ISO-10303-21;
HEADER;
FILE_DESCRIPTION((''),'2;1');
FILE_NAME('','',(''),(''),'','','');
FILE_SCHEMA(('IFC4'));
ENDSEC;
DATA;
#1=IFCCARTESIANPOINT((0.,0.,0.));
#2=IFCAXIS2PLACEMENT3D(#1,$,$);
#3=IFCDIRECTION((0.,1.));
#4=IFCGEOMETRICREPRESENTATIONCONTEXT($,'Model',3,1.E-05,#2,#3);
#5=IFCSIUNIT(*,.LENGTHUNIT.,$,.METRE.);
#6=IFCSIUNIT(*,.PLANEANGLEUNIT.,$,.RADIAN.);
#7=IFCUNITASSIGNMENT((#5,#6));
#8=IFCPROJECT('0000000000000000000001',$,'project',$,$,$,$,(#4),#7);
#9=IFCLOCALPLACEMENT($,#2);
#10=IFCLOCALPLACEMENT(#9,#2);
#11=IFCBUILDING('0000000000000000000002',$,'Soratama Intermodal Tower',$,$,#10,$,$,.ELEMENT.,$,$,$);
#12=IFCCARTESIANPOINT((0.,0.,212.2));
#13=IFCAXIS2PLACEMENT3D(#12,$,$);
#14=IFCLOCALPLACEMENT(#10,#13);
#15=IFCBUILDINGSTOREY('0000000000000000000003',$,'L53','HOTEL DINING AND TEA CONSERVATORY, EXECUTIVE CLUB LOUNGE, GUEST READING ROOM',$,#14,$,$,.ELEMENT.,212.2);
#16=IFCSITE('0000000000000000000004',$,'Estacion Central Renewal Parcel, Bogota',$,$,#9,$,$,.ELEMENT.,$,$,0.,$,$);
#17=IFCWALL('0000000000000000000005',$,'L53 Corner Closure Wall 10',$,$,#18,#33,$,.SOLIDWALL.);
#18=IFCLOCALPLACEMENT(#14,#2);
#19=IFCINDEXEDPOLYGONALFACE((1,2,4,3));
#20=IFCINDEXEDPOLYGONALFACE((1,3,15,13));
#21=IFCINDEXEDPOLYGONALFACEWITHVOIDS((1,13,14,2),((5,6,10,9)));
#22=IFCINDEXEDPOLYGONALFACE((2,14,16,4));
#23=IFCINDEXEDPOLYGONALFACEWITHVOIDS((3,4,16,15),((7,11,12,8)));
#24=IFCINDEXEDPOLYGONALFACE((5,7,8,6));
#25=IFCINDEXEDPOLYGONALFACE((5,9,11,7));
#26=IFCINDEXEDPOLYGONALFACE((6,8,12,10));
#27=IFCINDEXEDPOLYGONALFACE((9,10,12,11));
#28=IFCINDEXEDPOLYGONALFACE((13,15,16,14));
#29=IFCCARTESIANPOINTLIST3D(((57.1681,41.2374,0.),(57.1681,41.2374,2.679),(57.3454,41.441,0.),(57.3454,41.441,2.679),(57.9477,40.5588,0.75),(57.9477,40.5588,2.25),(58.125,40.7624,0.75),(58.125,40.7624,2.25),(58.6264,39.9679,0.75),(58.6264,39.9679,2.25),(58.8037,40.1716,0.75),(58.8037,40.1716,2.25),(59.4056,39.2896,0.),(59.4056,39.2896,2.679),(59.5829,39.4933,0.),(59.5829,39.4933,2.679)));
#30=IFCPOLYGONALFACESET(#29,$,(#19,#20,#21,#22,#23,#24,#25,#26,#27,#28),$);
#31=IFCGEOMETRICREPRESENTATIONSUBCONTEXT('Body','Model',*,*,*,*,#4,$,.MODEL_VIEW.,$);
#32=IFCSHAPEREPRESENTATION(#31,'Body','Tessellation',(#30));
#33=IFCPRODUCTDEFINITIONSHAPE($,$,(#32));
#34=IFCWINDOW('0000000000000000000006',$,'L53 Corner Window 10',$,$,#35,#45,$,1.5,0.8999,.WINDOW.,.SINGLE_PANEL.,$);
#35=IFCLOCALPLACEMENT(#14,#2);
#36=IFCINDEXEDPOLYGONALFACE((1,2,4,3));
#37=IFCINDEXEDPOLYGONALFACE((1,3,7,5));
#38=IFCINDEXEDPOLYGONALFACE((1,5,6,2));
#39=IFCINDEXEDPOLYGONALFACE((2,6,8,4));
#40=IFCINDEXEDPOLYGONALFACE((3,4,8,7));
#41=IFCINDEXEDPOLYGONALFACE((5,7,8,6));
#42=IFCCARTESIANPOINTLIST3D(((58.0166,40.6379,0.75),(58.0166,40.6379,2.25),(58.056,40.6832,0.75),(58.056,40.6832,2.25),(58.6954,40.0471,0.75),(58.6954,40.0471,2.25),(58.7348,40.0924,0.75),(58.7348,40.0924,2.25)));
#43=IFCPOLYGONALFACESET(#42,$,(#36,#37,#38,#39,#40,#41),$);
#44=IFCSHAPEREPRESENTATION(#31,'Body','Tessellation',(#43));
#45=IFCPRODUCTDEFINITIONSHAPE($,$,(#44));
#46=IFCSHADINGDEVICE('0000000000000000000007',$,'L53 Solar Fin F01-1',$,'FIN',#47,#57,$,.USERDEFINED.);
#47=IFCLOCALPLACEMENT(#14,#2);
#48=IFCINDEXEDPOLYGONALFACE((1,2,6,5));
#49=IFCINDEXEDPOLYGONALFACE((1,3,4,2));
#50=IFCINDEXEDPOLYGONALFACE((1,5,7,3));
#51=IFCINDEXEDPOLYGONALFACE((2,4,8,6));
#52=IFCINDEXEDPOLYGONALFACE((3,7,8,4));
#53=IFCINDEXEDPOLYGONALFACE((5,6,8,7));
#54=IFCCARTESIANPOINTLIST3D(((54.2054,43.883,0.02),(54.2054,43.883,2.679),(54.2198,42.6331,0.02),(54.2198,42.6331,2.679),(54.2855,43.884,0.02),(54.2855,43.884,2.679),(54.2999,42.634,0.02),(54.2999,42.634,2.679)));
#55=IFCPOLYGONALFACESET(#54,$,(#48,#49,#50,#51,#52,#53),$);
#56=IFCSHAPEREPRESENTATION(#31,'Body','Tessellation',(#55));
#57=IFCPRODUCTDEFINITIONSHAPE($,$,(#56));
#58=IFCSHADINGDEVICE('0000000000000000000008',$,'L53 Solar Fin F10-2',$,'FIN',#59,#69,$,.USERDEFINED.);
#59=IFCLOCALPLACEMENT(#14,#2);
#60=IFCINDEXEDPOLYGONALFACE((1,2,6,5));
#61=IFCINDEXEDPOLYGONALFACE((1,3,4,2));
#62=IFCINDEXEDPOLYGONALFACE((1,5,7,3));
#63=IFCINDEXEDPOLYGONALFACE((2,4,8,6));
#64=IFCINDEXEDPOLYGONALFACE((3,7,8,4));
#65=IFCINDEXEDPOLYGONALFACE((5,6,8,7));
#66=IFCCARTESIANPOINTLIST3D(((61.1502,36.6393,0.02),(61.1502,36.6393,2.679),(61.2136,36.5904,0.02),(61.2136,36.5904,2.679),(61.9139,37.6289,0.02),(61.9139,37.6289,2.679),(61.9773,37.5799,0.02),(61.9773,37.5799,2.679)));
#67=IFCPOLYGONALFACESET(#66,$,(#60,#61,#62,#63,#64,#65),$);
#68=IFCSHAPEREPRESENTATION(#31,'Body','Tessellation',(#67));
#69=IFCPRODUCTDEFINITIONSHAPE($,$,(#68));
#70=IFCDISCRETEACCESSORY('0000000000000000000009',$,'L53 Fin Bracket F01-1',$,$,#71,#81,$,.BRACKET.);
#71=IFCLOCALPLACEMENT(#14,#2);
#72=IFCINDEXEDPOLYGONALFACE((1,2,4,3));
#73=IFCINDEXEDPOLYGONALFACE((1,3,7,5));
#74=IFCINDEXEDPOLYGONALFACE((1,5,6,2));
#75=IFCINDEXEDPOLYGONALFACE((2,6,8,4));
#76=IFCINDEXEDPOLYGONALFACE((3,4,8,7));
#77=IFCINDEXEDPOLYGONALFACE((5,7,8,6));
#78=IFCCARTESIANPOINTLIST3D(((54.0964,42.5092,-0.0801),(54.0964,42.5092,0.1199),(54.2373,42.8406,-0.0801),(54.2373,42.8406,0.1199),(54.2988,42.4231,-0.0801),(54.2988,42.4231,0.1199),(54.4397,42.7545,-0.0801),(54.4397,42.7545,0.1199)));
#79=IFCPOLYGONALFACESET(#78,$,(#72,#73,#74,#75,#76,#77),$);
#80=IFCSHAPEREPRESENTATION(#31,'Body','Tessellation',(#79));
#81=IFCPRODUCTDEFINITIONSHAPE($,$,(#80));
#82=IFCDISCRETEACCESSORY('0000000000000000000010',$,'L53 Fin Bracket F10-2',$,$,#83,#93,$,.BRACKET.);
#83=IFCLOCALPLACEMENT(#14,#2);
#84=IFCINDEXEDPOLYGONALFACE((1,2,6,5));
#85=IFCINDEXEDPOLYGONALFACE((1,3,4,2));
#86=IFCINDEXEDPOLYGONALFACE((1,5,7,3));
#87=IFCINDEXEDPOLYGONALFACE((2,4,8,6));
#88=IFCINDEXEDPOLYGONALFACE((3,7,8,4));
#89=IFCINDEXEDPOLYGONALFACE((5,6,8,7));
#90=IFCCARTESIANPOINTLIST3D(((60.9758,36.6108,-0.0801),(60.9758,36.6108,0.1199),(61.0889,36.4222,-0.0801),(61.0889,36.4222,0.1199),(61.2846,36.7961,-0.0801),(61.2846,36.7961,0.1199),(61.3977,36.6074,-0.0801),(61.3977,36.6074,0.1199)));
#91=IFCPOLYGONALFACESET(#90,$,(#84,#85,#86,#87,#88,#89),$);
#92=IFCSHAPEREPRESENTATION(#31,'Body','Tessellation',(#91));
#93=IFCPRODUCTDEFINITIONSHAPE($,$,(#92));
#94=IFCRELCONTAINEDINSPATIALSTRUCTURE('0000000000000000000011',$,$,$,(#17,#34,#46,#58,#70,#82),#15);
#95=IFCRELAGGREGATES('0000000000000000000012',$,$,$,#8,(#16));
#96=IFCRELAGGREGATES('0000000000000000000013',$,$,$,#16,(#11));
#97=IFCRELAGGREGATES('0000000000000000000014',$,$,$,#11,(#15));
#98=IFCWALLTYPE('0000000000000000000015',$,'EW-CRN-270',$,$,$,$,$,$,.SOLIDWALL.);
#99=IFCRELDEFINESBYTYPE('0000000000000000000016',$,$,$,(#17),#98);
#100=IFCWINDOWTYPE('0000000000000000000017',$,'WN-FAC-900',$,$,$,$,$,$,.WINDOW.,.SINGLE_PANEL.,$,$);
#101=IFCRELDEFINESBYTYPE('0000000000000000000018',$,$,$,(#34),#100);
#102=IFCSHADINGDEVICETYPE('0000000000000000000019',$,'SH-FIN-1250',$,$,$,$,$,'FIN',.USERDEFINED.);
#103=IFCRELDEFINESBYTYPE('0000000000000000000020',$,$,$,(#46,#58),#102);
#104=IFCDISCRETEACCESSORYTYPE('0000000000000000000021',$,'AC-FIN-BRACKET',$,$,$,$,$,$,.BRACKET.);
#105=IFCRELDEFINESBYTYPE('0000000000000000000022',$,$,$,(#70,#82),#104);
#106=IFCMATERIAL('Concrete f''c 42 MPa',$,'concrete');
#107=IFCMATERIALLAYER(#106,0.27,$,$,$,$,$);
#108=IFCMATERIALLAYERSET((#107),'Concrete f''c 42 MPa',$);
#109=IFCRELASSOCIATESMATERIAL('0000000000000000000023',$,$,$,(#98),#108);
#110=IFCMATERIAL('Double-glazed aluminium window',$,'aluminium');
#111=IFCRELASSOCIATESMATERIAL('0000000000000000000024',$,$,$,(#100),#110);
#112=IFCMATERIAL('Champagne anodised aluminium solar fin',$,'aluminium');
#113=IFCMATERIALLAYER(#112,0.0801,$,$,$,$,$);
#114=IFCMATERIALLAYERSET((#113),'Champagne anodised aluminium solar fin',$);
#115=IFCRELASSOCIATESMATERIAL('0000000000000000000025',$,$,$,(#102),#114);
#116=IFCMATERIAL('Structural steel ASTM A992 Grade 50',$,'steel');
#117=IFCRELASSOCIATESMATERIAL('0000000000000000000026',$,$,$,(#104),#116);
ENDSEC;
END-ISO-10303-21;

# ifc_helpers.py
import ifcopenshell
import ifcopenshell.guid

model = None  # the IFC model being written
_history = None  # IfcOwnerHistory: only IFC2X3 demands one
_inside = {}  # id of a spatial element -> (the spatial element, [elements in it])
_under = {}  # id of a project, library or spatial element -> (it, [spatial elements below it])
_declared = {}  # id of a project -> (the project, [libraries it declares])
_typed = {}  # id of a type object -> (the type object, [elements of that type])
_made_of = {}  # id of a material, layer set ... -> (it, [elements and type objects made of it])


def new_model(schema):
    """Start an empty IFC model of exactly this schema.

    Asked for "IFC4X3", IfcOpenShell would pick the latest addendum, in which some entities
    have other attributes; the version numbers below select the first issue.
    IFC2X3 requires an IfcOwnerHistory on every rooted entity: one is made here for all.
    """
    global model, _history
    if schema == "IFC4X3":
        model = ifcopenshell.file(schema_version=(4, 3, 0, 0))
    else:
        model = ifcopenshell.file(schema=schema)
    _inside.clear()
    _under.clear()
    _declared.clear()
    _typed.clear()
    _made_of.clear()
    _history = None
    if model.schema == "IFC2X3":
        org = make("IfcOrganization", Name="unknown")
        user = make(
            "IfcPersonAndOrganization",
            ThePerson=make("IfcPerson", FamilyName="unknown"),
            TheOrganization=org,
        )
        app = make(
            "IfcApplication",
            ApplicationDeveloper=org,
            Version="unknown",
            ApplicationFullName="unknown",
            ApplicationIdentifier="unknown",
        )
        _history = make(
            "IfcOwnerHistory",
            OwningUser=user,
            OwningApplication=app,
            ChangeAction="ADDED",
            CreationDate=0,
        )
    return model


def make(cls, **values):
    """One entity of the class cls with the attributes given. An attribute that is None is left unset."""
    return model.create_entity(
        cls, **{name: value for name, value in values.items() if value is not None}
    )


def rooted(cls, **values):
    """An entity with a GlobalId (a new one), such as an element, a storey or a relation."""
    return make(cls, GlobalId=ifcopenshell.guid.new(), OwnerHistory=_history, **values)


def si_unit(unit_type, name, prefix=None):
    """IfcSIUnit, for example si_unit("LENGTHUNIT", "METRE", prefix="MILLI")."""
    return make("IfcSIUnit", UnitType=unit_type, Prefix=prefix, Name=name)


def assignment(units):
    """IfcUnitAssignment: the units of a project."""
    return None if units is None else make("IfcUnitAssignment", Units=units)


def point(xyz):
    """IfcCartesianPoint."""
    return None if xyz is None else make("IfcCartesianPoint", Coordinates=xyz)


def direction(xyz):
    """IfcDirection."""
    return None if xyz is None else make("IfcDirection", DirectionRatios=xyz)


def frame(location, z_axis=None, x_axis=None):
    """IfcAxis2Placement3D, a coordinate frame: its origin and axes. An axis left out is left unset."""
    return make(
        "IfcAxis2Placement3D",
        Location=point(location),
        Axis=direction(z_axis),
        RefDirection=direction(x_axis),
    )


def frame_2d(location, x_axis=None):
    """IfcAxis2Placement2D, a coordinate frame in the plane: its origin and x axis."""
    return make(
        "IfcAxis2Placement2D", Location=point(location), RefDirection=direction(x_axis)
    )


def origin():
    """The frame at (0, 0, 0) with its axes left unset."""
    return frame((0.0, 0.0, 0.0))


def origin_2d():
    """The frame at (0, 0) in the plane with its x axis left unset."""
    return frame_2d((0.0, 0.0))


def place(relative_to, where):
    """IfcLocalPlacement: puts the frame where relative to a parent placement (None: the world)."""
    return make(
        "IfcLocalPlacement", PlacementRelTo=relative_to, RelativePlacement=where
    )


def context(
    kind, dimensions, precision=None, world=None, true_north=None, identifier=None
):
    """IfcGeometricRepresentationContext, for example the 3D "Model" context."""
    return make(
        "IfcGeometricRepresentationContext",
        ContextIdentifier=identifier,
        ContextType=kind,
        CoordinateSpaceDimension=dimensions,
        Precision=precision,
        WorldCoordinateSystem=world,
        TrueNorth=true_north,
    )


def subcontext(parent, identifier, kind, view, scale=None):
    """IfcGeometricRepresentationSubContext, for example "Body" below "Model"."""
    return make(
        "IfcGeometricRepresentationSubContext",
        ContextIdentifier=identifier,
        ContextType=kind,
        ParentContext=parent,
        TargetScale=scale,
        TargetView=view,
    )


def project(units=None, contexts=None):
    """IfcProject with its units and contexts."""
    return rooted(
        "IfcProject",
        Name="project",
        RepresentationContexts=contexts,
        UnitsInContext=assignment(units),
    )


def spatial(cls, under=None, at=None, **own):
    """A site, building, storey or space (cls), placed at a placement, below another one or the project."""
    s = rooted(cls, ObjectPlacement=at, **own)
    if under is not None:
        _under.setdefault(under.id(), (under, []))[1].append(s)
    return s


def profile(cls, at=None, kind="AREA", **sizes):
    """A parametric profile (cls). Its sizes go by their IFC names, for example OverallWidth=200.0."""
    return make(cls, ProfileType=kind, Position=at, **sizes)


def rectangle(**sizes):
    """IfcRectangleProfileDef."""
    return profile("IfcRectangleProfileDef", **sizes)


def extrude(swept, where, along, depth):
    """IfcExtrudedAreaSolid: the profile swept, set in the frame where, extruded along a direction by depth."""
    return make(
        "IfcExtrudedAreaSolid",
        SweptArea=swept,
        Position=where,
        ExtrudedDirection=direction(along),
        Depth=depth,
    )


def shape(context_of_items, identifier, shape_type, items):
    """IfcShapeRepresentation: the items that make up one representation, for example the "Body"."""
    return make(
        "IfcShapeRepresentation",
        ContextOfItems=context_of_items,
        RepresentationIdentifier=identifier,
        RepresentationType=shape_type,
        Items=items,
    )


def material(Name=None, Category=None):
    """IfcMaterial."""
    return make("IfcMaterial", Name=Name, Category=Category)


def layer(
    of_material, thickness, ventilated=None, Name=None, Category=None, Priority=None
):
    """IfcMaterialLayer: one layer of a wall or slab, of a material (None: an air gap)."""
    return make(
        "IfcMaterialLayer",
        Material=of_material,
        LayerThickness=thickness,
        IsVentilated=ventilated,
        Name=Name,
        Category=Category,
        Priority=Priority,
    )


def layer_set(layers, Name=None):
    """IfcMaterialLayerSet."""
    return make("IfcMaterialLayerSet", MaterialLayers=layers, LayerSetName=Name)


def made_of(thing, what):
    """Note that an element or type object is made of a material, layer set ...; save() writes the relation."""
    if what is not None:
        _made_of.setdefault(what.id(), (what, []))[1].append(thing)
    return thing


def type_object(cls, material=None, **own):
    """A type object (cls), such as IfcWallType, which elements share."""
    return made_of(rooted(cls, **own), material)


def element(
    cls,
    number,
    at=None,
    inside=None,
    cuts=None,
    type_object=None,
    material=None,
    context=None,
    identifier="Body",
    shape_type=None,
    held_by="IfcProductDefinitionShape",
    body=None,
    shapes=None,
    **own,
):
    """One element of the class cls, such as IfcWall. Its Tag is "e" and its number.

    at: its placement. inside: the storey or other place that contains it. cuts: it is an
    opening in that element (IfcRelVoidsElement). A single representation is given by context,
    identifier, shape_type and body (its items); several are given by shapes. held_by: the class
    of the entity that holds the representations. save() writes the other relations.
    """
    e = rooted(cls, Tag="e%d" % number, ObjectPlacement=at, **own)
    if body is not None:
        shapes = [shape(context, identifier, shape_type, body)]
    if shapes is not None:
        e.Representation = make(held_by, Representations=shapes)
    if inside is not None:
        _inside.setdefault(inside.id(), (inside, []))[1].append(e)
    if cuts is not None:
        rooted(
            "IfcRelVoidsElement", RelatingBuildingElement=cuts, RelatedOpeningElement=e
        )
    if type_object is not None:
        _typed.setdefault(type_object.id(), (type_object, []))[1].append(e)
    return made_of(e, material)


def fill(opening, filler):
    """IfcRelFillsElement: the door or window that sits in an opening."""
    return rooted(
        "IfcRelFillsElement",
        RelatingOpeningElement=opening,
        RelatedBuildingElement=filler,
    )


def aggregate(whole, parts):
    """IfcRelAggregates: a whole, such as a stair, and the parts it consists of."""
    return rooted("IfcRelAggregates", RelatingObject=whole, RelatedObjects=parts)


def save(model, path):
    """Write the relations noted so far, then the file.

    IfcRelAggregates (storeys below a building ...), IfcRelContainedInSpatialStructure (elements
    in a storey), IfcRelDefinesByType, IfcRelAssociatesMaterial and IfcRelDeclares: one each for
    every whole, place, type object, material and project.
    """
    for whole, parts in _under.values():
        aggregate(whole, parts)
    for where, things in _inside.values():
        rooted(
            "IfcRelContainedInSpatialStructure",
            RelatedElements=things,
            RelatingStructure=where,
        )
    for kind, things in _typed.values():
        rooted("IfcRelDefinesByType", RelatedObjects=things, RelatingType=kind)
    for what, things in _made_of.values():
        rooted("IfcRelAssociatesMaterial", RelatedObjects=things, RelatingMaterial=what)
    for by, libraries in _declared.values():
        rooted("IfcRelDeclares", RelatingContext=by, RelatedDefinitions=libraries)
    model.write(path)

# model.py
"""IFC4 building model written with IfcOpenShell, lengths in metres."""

from ifc_helpers import new_model, si_unit, direction, frame, frame_2d, origin, origin_2d, place, context, subcontext, project, spatial, rectangle, extrude, material, layer, layer_set, type_object, element, fill, save


model = new_model("IFC4")

# Units and contexts
model_context = context("Model", 3, precision=1e-05, world=origin(), true_north=direction((0.0, 1.0)))
body_context = subcontext(model_context, "Body", "Model", "MODEL_VIEW")
ifc_project = project(units=[si_unit("LENGTHUNIT", "METRE"), si_unit("PLANEANGLEUNIT", "RADIAN")], contexts=[model_context])

# Site, building, storey
site_placement = place(None, origin())
site = spatial("IfcSite", under=ifc_project, at=site_placement, Name="Estacion Central Renewal Parcel, Bogota", CompositionType="ELEMENT", RefElevation=0.0)
building_placement = place(site_placement, origin())
building = spatial("IfcBuilding", under=site, at=building_placement, Name="Soratama Intermodal Tower", CompositionType="ELEMENT")
storey_placement = place(building_placement, frame((0.0, 0.0, 212.2)))
storey = spatial("IfcBuildingStorey", under=building, at=storey_placement, Name="L53", Description="HOTEL DINING AND TEA CONSERVATORY, EXECUTIVE CLUB LOUNGE, GUEST READING ROOM", CompositionType="ELEMENT", Elevation=212.2)

# Wall, opening, window
ifc_material_1 = material(Name="Concrete f'c 42 MPa", Category="concrete")
ifc_layer_1 = layer(ifc_material_1, 0.27)
ifc_layer_set_1 = layer_set([ifc_layer_1], Name="Concrete f'c 42 MPa")
wall_type = type_object("IfcWallType", Name="EW-CRN-270", PredefinedType="SOLIDWALL", material=ifc_layer_set_1)
wall_placement = place(storey_placement, frame((59.4944, 39.3914, 0.0), z_axis=(0.0, 0.0, 1.0), x_axis=(-0.754262, 0.656574, 0.0)))
wall = element("IfcWall", 1, at=wall_placement, inside=storey, type_object=wall_type, Name="L53 Corner Closure Wall 10", PredefinedType="SOLIDWALL", context=body_context, shape_type="SweptSolid", body=[
    extrude(rectangle(XDim=2.9666, YDim=0.27, at=frame_2d((1.4834, 0.0))), origin(), (0.0, 0.0, 1.0), 2.679),
])
opening_placement = place(wall_placement, frame((1.0332, 0.0, 0.75)))
opening = element("IfcOpeningElement", 2, at=opening_placement, cuts=wall, PredefinedType="OPENING", context=body_context, shape_type="SweptSolid", body=[
    extrude(rectangle(XDim=0.8999, YDim=1.5, at=frame_2d((0.45, 0.75))), frame((0.0, 0.145, 0.0), z_axis=(0.0, -1.0, 0.0), x_axis=(1.0, 0.0, 0.0)), (0.0, 0.0, 1.0), 0.29),
])
ifc_material_2 = material(Name="Double-glazed aluminium window", Category="aluminium")
window_type = type_object("IfcWindowType", Name="WN-FAC-900", PartitioningType="SINGLE_PANEL", PredefinedType="WINDOW", material=ifc_material_2)
window_placement = place(opening_placement, origin())
window = element("IfcWindow", 3, at=window_placement, inside=storey, type_object=window_type, Name="L53 Corner Window 10", OverallHeight=1.5, OverallWidth=0.8999, PartitioningType="SINGLE_PANEL", PredefinedType="WINDOW", context=body_context, shape_type="SweptSolid", body=[
    extrude(rectangle(XDim=0.8999, YDim=1.5, at=frame_2d((0.45, 0.75))), frame((0.0, 0.03, 0.0), z_axis=(0.0, -1.0, 0.0), x_axis=(1.0, 0.0, 0.0)), (0.0, 0.0, 1.0), 0.0601),
])
fill(opening, window)

# Shading devices
ifc_material_3 = material(Name="Champagne anodised aluminium solar fin", Category="aluminium")
ifc_layer_2 = layer(ifc_material_3, 0.0801)
ifc_layer_set_2 = layer_set([ifc_layer_2], Name="Champagne anodised aluminium solar fin")
shading_device_type = type_object("IfcShadingDeviceType", Name="SH-FIN-1250", ElementType="FIN", PredefinedType="USERDEFINED", material=ifc_layer_set_2)
for number, where, z_axis, x_axis, name in (
    (4, (54.2527, 43.2585, 0.02), (0.0, 0.0, 1.0), (-0.011519, 0.999934, 0.0), "L53 Solar Fin F01-1"),
    (5, (61.5637, 37.1096, 0.02), (0.0, 0.0, 1.0), (0.610975, 0.79165, 0.0), "L53 Solar Fin F10-2"),
):
    element("IfcShadingDevice", number, at=place(storey_placement, frame(where, z_axis=z_axis, x_axis=x_axis)), inside=storey, type_object=shading_device_type, Name=name, ObjectType="FIN", PredefinedType="USERDEFINED", context=body_context, shape_type="SweptSolid", body=[
        extrude(rectangle(XDim=1.25, YDim=0.0801, at=origin_2d()), origin(), (0.0, 0.0, 1.0), 2.6589),
    ])

# Discrete accessories
ifc_material_4 = material(Name="Structural steel ASTM A992 Grade 50", Category="steel")
discrete_accessory_type = type_object("IfcDiscreteAccessoryType", Name="AC-FIN-BRACKET", PredefinedType="BRACKET", material=ifc_material_4)
for number, where, z_axis, x_axis, name in (
    (6, (54.2681, 42.6318, -0.0801), (0.0, 0.0, 1.0), (0.391374, 0.920232, 0.0), "L53 Fin Bracket F01-1"),
    (7, (61.1868, 36.6091, -0.0801), (0.0, 0.0, 1.0), (0.857527, 0.51444, 0.0), "L53 Fin Bracket F10-2"),
):
    element("IfcDiscreteAccessory", number, at=place(storey_placement, frame(where, z_axis=z_axis, x_axis=x_axis)), inside=storey, type_object=discrete_accessory_type, Name=name, PredefinedType="BRACKET", context=body_context, shape_type="SweptSolid", body=[
        extrude(rectangle(XDim=0.3601, YDim=0.22, at=origin_2d()), origin(), (0.0, 0.0, 1.0), 0.2),
    ])

save(model, "model.ifc")
